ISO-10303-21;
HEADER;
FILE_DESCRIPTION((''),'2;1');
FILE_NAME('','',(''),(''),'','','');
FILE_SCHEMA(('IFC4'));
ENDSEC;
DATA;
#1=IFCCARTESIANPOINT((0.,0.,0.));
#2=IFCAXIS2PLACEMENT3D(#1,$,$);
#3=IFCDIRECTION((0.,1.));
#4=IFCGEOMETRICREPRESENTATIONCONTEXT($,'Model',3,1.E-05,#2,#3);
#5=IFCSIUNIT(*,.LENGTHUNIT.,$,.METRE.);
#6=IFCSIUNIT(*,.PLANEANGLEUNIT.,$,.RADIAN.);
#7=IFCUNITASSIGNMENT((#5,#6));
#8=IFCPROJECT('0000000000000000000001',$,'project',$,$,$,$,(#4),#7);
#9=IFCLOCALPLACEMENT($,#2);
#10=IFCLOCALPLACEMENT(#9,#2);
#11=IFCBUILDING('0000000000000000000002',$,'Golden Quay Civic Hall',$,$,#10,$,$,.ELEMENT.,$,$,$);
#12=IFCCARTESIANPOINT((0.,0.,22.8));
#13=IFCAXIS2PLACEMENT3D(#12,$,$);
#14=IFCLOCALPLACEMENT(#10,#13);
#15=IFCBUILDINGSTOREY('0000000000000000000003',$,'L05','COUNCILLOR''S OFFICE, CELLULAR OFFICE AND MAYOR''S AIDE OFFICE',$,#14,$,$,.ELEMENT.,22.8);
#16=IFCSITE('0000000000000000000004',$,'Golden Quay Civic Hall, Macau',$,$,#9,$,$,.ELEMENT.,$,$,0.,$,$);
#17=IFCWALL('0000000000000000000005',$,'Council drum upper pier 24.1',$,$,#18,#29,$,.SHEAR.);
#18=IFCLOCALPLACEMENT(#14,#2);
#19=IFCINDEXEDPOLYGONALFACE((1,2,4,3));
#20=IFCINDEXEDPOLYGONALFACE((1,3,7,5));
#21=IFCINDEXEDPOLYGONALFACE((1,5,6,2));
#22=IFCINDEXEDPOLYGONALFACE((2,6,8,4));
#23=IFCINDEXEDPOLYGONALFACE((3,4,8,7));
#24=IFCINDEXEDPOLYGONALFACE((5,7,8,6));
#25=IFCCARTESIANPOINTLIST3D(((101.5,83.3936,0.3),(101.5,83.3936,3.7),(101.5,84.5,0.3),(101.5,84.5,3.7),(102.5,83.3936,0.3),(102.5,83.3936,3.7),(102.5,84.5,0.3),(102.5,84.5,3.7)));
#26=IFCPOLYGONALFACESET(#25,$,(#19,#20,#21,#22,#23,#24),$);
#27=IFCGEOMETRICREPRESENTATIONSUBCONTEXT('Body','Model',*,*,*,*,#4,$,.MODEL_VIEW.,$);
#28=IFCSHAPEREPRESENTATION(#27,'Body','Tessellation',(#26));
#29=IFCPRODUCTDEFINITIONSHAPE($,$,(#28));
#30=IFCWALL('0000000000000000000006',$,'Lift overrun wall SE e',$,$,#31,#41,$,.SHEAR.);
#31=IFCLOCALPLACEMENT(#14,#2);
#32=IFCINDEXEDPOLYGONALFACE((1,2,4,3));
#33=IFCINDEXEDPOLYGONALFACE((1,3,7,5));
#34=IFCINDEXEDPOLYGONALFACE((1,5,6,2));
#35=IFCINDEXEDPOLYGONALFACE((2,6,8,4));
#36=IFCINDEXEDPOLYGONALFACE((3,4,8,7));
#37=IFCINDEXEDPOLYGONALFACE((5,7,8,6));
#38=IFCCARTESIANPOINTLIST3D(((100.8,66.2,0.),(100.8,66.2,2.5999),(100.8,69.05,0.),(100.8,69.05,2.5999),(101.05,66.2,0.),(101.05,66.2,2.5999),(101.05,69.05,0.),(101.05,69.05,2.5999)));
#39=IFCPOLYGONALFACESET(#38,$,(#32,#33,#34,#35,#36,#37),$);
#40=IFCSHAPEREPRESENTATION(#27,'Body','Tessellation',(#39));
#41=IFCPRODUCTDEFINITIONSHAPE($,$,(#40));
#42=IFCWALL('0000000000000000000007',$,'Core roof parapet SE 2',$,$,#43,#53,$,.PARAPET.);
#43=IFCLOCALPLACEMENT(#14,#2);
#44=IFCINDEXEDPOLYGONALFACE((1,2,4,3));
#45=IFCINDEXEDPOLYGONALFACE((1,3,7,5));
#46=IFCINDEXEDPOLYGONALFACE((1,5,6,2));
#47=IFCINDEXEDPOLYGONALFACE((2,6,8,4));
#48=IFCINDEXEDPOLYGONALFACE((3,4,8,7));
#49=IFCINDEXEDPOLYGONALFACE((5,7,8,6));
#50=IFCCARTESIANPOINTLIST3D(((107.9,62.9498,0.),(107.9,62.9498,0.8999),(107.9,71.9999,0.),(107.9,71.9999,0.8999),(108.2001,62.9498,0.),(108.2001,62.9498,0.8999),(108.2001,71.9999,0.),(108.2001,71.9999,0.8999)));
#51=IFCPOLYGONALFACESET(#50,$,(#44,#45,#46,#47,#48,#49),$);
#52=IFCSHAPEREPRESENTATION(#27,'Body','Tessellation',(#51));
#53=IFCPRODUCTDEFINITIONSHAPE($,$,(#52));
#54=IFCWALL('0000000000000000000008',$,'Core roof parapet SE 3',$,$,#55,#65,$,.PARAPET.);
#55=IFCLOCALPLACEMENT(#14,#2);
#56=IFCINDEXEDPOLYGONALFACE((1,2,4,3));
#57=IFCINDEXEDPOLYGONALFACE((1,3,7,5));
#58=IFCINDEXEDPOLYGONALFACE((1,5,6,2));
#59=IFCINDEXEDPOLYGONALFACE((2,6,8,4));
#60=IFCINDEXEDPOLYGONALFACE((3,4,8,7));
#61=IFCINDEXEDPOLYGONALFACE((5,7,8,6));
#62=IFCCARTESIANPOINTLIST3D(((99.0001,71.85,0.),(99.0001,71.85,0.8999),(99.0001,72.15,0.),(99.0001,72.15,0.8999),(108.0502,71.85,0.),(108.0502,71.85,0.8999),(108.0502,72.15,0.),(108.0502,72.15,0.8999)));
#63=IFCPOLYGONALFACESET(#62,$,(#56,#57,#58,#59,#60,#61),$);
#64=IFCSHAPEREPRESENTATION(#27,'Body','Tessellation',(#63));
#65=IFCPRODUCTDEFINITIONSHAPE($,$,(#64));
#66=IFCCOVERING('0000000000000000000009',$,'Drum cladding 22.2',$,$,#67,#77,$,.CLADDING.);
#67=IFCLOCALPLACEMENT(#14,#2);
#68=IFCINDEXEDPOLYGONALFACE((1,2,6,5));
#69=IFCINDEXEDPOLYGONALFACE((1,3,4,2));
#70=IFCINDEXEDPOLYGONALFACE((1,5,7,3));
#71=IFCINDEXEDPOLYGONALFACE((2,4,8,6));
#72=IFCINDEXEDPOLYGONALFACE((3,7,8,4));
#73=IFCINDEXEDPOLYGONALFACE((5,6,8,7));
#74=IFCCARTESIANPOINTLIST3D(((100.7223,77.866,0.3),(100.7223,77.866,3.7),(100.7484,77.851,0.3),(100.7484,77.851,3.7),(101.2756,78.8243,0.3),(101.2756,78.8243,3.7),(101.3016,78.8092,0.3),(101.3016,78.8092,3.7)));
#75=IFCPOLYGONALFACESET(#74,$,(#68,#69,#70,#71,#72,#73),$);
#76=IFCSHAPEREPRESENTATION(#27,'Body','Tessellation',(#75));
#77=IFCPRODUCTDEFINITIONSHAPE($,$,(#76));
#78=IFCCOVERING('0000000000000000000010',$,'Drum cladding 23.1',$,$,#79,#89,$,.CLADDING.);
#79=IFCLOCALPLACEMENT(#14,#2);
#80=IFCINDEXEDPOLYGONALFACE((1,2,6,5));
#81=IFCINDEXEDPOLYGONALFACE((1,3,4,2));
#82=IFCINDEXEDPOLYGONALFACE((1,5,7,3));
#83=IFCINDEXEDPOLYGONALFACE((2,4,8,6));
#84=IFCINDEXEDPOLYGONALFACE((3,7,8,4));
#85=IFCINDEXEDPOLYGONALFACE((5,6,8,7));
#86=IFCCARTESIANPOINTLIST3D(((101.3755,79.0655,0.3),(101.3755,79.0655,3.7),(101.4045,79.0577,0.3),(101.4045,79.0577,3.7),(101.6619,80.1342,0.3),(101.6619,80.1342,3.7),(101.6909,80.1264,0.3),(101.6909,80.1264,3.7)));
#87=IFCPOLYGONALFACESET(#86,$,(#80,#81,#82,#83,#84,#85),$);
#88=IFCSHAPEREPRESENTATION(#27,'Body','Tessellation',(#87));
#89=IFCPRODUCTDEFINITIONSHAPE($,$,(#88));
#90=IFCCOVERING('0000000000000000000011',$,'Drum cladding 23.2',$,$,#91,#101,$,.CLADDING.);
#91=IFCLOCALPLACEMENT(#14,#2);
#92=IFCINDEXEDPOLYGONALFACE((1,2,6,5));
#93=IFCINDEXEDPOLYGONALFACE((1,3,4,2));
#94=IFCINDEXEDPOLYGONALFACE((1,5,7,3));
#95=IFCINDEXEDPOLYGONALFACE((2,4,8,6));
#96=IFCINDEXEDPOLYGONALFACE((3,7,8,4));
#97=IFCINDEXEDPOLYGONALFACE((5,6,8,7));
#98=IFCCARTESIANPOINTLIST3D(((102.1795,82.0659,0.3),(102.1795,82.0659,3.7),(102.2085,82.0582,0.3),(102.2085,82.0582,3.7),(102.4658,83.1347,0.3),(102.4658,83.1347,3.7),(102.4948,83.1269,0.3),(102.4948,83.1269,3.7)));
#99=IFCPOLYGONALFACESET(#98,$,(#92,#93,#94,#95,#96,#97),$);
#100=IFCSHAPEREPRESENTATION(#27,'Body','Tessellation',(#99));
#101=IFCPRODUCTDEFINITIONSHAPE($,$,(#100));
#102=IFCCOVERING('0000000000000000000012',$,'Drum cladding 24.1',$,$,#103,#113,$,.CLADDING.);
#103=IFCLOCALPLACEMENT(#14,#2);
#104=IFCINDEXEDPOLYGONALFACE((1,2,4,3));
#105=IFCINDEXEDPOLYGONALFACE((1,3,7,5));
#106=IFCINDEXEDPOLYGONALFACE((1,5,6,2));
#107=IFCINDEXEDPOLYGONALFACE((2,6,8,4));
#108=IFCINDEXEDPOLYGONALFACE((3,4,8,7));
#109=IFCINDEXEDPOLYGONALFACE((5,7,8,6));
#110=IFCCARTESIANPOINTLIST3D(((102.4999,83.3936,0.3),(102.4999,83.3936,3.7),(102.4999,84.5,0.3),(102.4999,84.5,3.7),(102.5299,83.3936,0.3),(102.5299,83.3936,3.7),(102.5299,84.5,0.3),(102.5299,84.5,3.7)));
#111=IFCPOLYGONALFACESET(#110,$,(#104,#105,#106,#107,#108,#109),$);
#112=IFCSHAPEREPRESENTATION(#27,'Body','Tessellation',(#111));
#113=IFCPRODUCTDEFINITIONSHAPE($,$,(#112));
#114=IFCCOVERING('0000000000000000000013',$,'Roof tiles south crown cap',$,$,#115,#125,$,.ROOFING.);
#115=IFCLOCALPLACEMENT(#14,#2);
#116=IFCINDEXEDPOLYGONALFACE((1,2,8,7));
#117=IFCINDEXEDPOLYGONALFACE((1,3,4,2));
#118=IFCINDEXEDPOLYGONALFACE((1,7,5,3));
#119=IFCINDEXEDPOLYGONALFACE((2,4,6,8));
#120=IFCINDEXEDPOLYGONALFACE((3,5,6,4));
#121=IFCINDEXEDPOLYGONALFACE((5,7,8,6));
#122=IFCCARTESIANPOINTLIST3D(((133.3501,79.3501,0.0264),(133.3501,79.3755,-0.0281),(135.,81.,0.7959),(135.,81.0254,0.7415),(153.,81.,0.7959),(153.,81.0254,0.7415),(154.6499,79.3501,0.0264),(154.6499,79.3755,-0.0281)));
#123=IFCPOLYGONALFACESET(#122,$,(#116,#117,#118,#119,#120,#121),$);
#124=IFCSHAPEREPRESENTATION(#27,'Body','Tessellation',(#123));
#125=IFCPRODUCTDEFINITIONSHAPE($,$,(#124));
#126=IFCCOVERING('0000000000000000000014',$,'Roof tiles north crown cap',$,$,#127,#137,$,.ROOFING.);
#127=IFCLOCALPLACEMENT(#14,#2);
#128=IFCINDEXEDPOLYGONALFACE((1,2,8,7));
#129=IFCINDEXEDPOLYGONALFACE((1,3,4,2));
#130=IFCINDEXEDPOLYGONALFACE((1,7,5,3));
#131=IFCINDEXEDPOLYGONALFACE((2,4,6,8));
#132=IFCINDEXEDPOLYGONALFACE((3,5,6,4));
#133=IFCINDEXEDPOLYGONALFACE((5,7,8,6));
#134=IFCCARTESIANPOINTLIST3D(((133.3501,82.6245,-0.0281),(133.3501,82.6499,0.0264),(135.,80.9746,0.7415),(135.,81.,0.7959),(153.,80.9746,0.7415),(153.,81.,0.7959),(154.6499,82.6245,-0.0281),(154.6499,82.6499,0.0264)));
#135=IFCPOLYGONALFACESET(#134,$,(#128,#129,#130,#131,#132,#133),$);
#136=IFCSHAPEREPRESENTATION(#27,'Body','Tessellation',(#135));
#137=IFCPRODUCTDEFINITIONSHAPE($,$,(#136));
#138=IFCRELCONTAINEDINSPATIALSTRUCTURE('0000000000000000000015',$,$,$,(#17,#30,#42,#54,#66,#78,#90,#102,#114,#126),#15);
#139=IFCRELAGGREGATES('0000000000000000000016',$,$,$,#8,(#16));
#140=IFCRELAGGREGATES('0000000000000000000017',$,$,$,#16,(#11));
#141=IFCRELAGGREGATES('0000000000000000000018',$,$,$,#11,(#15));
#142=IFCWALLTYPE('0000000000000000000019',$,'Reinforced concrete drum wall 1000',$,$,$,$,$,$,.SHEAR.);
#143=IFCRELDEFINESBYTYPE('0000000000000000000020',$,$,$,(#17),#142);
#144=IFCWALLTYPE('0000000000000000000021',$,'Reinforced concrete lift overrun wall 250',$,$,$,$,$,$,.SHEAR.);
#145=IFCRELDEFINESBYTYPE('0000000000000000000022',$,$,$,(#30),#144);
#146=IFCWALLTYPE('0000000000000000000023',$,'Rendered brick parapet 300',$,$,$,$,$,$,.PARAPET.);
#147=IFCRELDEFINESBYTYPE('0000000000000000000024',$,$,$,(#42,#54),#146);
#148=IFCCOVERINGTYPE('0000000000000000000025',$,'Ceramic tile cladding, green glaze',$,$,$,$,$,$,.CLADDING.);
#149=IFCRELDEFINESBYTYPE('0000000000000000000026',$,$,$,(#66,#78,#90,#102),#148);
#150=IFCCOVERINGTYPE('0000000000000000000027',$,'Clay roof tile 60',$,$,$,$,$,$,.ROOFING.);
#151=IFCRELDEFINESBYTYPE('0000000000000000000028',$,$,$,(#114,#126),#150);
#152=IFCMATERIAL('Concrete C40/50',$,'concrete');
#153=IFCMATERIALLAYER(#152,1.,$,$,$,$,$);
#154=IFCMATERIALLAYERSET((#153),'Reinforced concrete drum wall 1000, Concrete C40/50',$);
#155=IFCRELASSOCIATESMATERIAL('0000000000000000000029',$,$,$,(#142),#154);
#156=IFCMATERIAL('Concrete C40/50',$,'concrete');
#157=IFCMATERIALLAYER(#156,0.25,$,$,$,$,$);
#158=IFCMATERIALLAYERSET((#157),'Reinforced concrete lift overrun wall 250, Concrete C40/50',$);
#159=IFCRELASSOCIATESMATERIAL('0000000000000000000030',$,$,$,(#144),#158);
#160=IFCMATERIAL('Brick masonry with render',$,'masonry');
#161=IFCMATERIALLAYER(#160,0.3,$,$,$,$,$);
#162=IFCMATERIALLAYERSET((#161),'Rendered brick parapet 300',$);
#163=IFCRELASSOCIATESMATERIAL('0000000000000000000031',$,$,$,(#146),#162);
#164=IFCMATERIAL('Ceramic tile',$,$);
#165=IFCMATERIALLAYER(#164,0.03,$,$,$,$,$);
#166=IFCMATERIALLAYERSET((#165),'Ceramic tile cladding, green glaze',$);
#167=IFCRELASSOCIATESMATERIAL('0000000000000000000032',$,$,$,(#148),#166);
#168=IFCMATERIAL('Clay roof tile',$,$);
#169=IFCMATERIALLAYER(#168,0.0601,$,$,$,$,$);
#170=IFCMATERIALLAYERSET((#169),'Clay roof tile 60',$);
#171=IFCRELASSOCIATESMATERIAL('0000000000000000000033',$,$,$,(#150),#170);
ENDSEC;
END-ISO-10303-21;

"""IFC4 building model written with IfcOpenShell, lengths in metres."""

from ifc_helpers import new_model, si_unit, direction, frame, frame_2d, origin, origin_2d, place, context, subcontext, project, spatial, polyline, rectangle, outline, extrude, material, layer, layer_set, type_object, element, save


model = new_model("IFC4")

# Units and contexts
model_context = context("Model", 3, precision=1e-05, world=origin(), true_north=direction((0.0, 1.0)))
body_context = subcontext(model_context, "Body", "Model", "MODEL_VIEW")
ifc_project = project(units=[si_unit("LENGTHUNIT", "METRE"), si_unit("PLANEANGLEUNIT", "RADIAN")], contexts=[model_context])

# Site, building, storey
site_placement = place(None, origin())
site = spatial("IfcSite", under=ifc_project, at=site_placement, Name="Golden Quay Civic Hall, Macau", CompositionType="ELEMENT", RefElevation=0.0)
building_placement = place(site_placement, origin())
building = spatial("IfcBuilding", under=site, at=building_placement, Name="Golden Quay Civic Hall", CompositionType="ELEMENT")
storey_placement = place(building_placement, frame((0.0, 0.0, 22.8)))
storey = spatial("IfcBuildingStorey", under=building, at=storey_placement, Name="L05", Description="COUNCILLOR'S OFFICE, CELLULAR OFFICE AND MAYOR'S AIDE OFFICE", CompositionType="ELEMENT", Elevation=22.8)

# Walls
ifc_material_1 = material(Name="Concrete C40/50", Category="concrete")
ifc_layer_1 = layer(ifc_material_1, 1.0)
ifc_layer_set_1 = layer_set([ifc_layer_1], Name="Reinforced concrete drum wall 1000, Concrete C40/50")
wall_type_1 = type_object("IfcWallType", Name="Reinforced concrete drum wall 1000", PredefinedType="SHEAR", material=ifc_layer_set_1)
for number, where, z_axis, x_axis, name in (
    (1, (102.0, 83.3936, 0.3), (0.0, 0.0, 1.0), (0.0, 1.0, 0.0), "Council drum upper pier 24.1"),
):
    element("IfcWall", number, at=place(storey_placement, frame(where, z_axis=z_axis, x_axis=x_axis)), inside=storey, type_object=wall_type_1, Name=name, PredefinedType="SHEAR", context=body_context, shape_type="SweptSolid", body=[
        extrude(rectangle(XDim=1.1064, YDim=1.0, at=frame_2d((0.5532, 0.0))), origin(), (0.0, 0.0, 1.0), 3.3999),
    ])
ifc_material_2 = material(Name="Concrete C40/50", Category="concrete")
ifc_layer_2 = layer(ifc_material_2, 0.25)
ifc_layer_set_2 = layer_set([ifc_layer_2], Name="Reinforced concrete lift overrun wall 250, Concrete C40/50")
wall_type_2 = type_object("IfcWallType", Name="Reinforced concrete lift overrun wall 250", PredefinedType="SHEAR", material=ifc_layer_set_2)
wall_placement = place(storey_placement, frame((100.925, 66.2, 0.0), z_axis=(0.0, 0.0, 1.0), x_axis=(0.0, 1.0, 0.0)))
element("IfcWall", 2, at=wall_placement, inside=storey, type_object=wall_type_2, Name="Lift overrun wall SE e", PredefinedType="SHEAR", context=body_context, shape_type="SweptSolid", body=[
    extrude(rectangle(XDim=2.8501, YDim=0.25, at=frame_2d((1.425, 0.0))), origin(), (0.0, 0.0, 1.0), 2.5999),
])
ifc_material_3 = material(Name="Brick masonry with render", Category="masonry")
ifc_layer_3 = layer(ifc_material_3, 0.3)
ifc_layer_set_3 = layer_set([ifc_layer_3], Name="Rendered brick parapet 300")
wall_type_3 = type_object("IfcWallType", Name="Rendered brick parapet 300", PredefinedType="PARAPET", material=ifc_layer_set_3)
for number, where, z_axis, x_axis, name in (
    (3, (108.05, 62.95, 0.0), (0.0, 0.0, 1.0), (0.0, 1.0, 0.0), "Core roof parapet SE 2"),
    (4, (108.05, 72.0, 0.0), (0.0, 0.0, 1.0), (-1.0, 0.0, 0.0), "Core roof parapet SE 3"),
):
    element("IfcWall", number, at=place(storey_placement, frame(where, z_axis=z_axis, x_axis=x_axis)), inside=storey, type_object=wall_type_3, Name=name, PredefinedType="PARAPET", context=body_context, shape_type="SweptSolid", body=[
        extrude(rectangle(XDim=9.05, YDim=0.3, at=frame_2d((4.5249, 0.0))), origin(), (0.0, 0.0, 1.0), 0.8999),
    ])

# Coverings
ifc_material_4 = material(Name="Ceramic tile")
ifc_layer_4 = layer(ifc_material_4, 0.03)
ifc_layer_set_4 = layer_set([ifc_layer_4], Name="Ceramic tile cladding, green glaze")
covering_type_1 = type_object("IfcCoveringType", Name="Ceramic tile cladding, green glaze", PredefinedType="CLADDING", material=ifc_layer_set_4)
for number, where, z_axis, x_axis, name in (
    (5, (101.012, 78.3376, 0.3), (0.0, 0.0, 1.0), (0.5, 0.866025, 0.0), "Drum cladding 22.2"),
    (6, (101.5332, 79.5959, 0.3), (0.0, 0.0, 1.0), (0.258819, 0.965926, 0.0), "Drum cladding 23.1"),
    (7, (102.3372, 82.5964, 0.3), (0.0, 0.0, 1.0), (0.258819, 0.965926, 0.0), "Drum cladding 23.2"),
    (8, (102.5149, 83.9468, 0.3), (0.0, 0.0, 1.0), (0.0, 1.0, 0.0), "Drum cladding 24.1"),
):
    element("IfcCovering", number, at=place(storey_placement, frame(where, z_axis=z_axis, x_axis=x_axis)), inside=storey, type_object=covering_type_1, Name=name, PredefinedType="CLADDING", context=body_context, shape_type="SweptSolid", body=[
        extrude(rectangle(XDim=1.1064, YDim=0.03, at=origin_2d()), origin(), (0.0, 0.0, 1.0), 3.3999),
    ])
ifc_material_5 = material(Name="Clay roof tile")
ifc_layer_5 = layer(ifc_material_5, 0.0601)
ifc_layer_set_5 = layer_set([ifc_layer_5], Name="Clay roof tile 60")
covering_type_2 = type_object("IfcCoveringType", Name="Clay roof tile 60", PredefinedType="ROOFING", material=ifc_layer_set_5)
covering_1_placement = place(storey_placement, frame((133.3501, 79.3501, 0.0264), z_axis=(0.0, -0.422695, 0.906272), x_axis=(1.0, 0.0, 0.0)))
element("IfcCovering", 9, at=covering_1_placement, inside=storey, type_object=covering_type_2, Name="Roof tiles south crown cap", PredefinedType="ROOFING", context=body_context, shape_type="SweptSolid", body=[
    extrude(outline(polyline([(0.0, 0.0), (21.2998, 0.0), (19.6499, 1.8205), (1.6499, 1.8205), (0.0, 0.0)])), origin(), (0.0, 0.0, -1.0), 0.0601),
])
covering_2_placement = place(storey_placement, frame((135.0, 81.0, 0.7959), z_axis=(0.0, 0.422695, 0.906272), x_axis=(1.0, 0.0, 0.0)))
element("IfcCovering", 10, at=covering_2_placement, inside=storey, type_object=covering_type_2, Name="Roof tiles north crown cap", PredefinedType="ROOFING", context=body_context, shape_type="SweptSolid", body=[
    extrude(outline(polyline([(0.0, 0.0), (18.0, 0.0), (19.6499, 1.8205), (-1.6499, 1.8205), (0.0, 0.0)])), origin(), (0.0, 0.0, -1.0), 0.0601),
])

save(model, "model.ifc")
